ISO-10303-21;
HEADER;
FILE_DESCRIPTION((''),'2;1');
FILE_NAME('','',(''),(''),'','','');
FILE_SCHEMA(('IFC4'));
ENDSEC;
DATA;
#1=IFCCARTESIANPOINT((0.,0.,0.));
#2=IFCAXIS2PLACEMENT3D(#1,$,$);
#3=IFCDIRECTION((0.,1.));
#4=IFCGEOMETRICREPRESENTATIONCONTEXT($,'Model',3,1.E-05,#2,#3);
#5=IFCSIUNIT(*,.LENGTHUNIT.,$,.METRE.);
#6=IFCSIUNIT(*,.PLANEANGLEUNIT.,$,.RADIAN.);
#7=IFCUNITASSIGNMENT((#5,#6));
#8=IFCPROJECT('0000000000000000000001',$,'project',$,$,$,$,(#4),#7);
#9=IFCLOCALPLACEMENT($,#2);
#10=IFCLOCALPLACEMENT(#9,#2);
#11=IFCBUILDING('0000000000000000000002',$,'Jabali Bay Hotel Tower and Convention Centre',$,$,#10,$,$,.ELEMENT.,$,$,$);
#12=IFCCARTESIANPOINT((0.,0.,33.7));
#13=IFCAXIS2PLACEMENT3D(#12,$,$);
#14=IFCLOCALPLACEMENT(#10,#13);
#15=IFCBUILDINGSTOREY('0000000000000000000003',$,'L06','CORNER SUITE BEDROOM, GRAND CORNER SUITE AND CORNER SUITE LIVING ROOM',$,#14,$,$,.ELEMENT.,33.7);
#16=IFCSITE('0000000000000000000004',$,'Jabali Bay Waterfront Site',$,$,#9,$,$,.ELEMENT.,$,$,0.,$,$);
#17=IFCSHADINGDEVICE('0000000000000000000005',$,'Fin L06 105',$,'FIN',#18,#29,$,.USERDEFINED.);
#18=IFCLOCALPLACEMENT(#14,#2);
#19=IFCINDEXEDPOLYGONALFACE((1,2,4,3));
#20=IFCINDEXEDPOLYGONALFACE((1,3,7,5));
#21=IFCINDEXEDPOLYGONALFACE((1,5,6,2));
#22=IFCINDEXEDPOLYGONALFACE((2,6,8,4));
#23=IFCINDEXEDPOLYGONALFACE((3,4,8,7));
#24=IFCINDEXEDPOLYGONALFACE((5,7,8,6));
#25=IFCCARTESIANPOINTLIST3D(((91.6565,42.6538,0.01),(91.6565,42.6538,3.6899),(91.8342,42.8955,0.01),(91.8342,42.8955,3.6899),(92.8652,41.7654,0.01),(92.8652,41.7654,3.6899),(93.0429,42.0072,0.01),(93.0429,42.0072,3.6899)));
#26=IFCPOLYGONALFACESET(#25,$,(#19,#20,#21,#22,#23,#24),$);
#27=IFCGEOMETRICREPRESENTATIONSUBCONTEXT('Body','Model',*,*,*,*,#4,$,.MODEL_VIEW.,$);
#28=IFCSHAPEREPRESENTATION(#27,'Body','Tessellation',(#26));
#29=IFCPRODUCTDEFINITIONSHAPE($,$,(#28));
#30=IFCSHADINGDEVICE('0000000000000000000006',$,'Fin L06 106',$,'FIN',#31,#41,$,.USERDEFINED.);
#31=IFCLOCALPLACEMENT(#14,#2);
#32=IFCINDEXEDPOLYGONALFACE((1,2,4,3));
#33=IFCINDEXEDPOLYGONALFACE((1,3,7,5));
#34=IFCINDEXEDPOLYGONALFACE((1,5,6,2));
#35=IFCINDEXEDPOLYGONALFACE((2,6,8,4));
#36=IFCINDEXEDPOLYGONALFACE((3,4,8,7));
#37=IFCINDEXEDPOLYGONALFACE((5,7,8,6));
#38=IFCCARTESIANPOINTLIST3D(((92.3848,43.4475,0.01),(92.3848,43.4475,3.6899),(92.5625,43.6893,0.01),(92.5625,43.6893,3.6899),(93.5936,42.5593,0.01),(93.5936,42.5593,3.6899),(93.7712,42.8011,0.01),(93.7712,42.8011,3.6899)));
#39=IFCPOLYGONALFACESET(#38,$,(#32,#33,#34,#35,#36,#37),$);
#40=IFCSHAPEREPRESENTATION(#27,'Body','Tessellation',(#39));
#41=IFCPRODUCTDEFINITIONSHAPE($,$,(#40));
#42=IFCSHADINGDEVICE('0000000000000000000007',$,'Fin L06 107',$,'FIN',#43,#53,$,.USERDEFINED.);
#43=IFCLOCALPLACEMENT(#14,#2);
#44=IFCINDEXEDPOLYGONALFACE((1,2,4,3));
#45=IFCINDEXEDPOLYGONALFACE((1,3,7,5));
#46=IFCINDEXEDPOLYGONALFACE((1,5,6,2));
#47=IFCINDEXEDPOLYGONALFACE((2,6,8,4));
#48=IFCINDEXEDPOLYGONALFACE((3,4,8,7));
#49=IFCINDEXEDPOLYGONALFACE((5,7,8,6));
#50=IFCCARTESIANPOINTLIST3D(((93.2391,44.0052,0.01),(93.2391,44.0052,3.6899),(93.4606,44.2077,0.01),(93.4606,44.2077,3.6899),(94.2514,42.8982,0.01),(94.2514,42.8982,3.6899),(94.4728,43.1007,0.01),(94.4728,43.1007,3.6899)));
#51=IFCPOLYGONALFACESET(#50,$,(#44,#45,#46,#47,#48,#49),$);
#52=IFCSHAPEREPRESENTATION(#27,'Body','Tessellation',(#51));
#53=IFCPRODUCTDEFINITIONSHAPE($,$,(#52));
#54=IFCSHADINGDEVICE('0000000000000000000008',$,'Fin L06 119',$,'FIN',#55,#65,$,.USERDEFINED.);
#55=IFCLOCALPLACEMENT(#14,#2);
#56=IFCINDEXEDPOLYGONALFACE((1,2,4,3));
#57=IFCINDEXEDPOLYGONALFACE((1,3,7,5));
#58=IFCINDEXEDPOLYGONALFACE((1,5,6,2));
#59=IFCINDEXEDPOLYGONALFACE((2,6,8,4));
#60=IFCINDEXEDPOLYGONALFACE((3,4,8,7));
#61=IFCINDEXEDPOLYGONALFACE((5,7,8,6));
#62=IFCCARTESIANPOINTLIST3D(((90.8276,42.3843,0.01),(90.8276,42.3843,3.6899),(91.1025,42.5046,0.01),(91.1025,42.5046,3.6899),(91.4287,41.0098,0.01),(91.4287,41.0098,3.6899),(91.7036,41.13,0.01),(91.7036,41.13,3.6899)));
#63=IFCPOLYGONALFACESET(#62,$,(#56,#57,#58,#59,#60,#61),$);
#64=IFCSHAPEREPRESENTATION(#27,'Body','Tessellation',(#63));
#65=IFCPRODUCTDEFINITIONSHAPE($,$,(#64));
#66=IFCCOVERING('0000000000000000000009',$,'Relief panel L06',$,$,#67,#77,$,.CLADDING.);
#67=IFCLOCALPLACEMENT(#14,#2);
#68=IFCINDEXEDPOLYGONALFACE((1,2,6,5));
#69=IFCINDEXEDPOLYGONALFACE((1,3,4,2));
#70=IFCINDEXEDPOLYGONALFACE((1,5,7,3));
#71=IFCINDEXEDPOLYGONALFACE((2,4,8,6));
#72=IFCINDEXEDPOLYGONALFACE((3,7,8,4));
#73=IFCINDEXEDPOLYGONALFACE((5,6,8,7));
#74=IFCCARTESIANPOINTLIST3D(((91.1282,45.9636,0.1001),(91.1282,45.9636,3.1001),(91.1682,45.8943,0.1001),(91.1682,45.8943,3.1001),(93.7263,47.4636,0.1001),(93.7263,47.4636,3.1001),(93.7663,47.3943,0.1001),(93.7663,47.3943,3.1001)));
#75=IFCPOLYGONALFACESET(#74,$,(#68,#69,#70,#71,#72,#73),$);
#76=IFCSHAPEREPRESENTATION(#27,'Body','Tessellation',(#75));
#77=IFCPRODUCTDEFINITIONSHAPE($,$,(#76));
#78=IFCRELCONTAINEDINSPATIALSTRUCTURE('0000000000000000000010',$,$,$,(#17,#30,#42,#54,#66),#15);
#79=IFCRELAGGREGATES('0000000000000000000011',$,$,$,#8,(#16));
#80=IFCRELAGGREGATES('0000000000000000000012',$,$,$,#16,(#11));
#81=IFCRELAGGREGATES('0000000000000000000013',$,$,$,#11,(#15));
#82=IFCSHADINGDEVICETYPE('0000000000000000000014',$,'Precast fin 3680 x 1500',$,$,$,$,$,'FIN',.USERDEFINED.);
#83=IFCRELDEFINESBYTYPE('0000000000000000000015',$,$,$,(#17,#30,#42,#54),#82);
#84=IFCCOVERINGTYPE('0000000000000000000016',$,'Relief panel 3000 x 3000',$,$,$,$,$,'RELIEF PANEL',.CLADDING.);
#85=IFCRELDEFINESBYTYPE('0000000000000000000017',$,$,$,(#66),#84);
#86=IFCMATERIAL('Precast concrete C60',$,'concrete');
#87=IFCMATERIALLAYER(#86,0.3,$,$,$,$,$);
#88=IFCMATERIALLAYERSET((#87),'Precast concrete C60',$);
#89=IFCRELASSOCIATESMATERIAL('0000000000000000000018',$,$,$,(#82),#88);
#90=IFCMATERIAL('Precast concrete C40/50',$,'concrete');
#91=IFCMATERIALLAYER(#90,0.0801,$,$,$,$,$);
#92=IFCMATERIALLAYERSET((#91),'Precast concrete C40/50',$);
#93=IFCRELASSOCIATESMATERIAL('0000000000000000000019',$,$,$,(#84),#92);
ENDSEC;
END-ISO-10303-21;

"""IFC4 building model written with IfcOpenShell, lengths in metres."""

from ifc_helpers import new_model, si_unit, direction, frame, frame_2d, origin, origin_2d, place, context, subcontext, project, spatial, rectangle, extrude, material, layer, layer_set, type_object, element, save


model = new_model("IFC4")

# Units and contexts
model_context = context("Model", 3, precision=1e-05, world=origin(), true_north=direction((0.0, 1.0)))
body_context = subcontext(model_context, "Body", "Model", "MODEL_VIEW")
ifc_project = project(units=[si_unit("LENGTHUNIT", "METRE"), si_unit("PLANEANGLEUNIT", "RADIAN")], contexts=[model_context])

# Site, building, storey
site_placement = place(None, origin())
site = spatial("IfcSite", under=ifc_project, at=site_placement, Name="Jabali Bay Waterfront Site", CompositionType="ELEMENT", RefElevation=0.0)
building_placement = place(site_placement, origin())
building = spatial("IfcBuilding", under=site, at=building_placement, Name="Jabali Bay Hotel Tower and Convention Centre", CompositionType="ELEMENT")
storey_placement = place(building_placement, frame((0.0, 0.0, 33.7)))
storey = spatial("IfcBuildingStorey", under=building, at=storey_placement, Name="L06", Description="CORNER SUITE BEDROOM, GRAND CORNER SUITE AND CORNER SUITE LIVING ROOM", CompositionType="ELEMENT", Elevation=33.7)

# Shading devices
ifc_material_1 = material(Name="Precast concrete C60", Category="concrete")
ifc_layer_1 = layer(ifc_material_1, 0.3)
ifc_layer_set_1 = layer_set([ifc_layer_1], Name="Precast concrete C60")
shading_device_type = type_object("IfcShadingDeviceType", Name="Precast fin 3680 x 1500", ElementType="FIN", PredefinedType="USERDEFINED", material=ifc_layer_set_1)
for number, where, z_axis, x_axis, name in (
    (1, (91.7454, 42.7747, 0.01), (0.0, 0.0, 1.0), (0.805763, -0.592238, 0.0), "Fin L06 105"),
    (2, (92.4736, 43.5684, 0.01), (0.0, 0.0, 1.0), (0.805841, -0.592133, 0.0), "Fin L06 106"),
    (3, (93.3499, 44.1064, 0.01), (0.0, 0.0, 1.0), (0.674825, -0.737978, 0.0), "Fin L06 107"),
):
    element("IfcShadingDevice", number, at=place(storey_placement, frame(where, z_axis=z_axis, x_axis=x_axis)), inside=storey, type_object=shading_device_type, Name=name, ObjectType="FIN", PredefinedType="USERDEFINED", context=body_context, shape_type="SweptSolid", body=[
        extrude(rectangle(XDim=1.5, YDim=0.3, at=frame_2d((0.75, 0.0))), origin(), (0.0, 0.0, 1.0), 3.6799),
    ])
shading_device_1_placement = place(storey_placement, frame((90.9651, 42.4443, 0.01), z_axis=(0.0, 0.0, 1.0), x_axis=(0.400665, -0.916225, 0.0)))
element("IfcShadingDevice", 4, at=shading_device_1_placement, inside=storey, type_object=shading_device_type, Name="Fin L06 119", ObjectType="FIN", PredefinedType="USERDEFINED", context=body_context, shape_type="SweptSolid", body=[
    extrude(rectangle(XDim=1.5002, YDim=0.3, at=frame_2d((0.75, 0.0))), origin(), (0.0, 0.0, 1.0), 3.6799),
])

# Covering
ifc_material_2 = material(Name="Precast concrete C40/50", Category="concrete")
ifc_layer_2 = layer(ifc_material_2, 0.0801)
ifc_layer_set_2 = layer_set([ifc_layer_2], Name="Precast concrete C40/50")
covering_type = type_object("IfcCoveringType", Name="Relief panel 3000 x 3000", ElementType="RELIEF PANEL", PredefinedType="CLADDING", material=ifc_layer_set_2)
covering_placement = place(storey_placement, frame((92.4473, 46.679, 0.1001), z_axis=(0.0, 0.0, 1.0), x_axis=(-0.866025, -0.5, 0.0)))
element("IfcCovering", 5, at=covering_placement, inside=storey, type_object=covering_type, Name="Relief panel L06", PredefinedType="CLADDING", context=body_context, shape_type="SweptSolid", body=[
    extrude(rectangle(XDim=3.0, YDim=0.0801, at=origin_2d()), origin(), (0.0, 0.0, 1.0), 3.0),
])

save(model, "model.ifc")
